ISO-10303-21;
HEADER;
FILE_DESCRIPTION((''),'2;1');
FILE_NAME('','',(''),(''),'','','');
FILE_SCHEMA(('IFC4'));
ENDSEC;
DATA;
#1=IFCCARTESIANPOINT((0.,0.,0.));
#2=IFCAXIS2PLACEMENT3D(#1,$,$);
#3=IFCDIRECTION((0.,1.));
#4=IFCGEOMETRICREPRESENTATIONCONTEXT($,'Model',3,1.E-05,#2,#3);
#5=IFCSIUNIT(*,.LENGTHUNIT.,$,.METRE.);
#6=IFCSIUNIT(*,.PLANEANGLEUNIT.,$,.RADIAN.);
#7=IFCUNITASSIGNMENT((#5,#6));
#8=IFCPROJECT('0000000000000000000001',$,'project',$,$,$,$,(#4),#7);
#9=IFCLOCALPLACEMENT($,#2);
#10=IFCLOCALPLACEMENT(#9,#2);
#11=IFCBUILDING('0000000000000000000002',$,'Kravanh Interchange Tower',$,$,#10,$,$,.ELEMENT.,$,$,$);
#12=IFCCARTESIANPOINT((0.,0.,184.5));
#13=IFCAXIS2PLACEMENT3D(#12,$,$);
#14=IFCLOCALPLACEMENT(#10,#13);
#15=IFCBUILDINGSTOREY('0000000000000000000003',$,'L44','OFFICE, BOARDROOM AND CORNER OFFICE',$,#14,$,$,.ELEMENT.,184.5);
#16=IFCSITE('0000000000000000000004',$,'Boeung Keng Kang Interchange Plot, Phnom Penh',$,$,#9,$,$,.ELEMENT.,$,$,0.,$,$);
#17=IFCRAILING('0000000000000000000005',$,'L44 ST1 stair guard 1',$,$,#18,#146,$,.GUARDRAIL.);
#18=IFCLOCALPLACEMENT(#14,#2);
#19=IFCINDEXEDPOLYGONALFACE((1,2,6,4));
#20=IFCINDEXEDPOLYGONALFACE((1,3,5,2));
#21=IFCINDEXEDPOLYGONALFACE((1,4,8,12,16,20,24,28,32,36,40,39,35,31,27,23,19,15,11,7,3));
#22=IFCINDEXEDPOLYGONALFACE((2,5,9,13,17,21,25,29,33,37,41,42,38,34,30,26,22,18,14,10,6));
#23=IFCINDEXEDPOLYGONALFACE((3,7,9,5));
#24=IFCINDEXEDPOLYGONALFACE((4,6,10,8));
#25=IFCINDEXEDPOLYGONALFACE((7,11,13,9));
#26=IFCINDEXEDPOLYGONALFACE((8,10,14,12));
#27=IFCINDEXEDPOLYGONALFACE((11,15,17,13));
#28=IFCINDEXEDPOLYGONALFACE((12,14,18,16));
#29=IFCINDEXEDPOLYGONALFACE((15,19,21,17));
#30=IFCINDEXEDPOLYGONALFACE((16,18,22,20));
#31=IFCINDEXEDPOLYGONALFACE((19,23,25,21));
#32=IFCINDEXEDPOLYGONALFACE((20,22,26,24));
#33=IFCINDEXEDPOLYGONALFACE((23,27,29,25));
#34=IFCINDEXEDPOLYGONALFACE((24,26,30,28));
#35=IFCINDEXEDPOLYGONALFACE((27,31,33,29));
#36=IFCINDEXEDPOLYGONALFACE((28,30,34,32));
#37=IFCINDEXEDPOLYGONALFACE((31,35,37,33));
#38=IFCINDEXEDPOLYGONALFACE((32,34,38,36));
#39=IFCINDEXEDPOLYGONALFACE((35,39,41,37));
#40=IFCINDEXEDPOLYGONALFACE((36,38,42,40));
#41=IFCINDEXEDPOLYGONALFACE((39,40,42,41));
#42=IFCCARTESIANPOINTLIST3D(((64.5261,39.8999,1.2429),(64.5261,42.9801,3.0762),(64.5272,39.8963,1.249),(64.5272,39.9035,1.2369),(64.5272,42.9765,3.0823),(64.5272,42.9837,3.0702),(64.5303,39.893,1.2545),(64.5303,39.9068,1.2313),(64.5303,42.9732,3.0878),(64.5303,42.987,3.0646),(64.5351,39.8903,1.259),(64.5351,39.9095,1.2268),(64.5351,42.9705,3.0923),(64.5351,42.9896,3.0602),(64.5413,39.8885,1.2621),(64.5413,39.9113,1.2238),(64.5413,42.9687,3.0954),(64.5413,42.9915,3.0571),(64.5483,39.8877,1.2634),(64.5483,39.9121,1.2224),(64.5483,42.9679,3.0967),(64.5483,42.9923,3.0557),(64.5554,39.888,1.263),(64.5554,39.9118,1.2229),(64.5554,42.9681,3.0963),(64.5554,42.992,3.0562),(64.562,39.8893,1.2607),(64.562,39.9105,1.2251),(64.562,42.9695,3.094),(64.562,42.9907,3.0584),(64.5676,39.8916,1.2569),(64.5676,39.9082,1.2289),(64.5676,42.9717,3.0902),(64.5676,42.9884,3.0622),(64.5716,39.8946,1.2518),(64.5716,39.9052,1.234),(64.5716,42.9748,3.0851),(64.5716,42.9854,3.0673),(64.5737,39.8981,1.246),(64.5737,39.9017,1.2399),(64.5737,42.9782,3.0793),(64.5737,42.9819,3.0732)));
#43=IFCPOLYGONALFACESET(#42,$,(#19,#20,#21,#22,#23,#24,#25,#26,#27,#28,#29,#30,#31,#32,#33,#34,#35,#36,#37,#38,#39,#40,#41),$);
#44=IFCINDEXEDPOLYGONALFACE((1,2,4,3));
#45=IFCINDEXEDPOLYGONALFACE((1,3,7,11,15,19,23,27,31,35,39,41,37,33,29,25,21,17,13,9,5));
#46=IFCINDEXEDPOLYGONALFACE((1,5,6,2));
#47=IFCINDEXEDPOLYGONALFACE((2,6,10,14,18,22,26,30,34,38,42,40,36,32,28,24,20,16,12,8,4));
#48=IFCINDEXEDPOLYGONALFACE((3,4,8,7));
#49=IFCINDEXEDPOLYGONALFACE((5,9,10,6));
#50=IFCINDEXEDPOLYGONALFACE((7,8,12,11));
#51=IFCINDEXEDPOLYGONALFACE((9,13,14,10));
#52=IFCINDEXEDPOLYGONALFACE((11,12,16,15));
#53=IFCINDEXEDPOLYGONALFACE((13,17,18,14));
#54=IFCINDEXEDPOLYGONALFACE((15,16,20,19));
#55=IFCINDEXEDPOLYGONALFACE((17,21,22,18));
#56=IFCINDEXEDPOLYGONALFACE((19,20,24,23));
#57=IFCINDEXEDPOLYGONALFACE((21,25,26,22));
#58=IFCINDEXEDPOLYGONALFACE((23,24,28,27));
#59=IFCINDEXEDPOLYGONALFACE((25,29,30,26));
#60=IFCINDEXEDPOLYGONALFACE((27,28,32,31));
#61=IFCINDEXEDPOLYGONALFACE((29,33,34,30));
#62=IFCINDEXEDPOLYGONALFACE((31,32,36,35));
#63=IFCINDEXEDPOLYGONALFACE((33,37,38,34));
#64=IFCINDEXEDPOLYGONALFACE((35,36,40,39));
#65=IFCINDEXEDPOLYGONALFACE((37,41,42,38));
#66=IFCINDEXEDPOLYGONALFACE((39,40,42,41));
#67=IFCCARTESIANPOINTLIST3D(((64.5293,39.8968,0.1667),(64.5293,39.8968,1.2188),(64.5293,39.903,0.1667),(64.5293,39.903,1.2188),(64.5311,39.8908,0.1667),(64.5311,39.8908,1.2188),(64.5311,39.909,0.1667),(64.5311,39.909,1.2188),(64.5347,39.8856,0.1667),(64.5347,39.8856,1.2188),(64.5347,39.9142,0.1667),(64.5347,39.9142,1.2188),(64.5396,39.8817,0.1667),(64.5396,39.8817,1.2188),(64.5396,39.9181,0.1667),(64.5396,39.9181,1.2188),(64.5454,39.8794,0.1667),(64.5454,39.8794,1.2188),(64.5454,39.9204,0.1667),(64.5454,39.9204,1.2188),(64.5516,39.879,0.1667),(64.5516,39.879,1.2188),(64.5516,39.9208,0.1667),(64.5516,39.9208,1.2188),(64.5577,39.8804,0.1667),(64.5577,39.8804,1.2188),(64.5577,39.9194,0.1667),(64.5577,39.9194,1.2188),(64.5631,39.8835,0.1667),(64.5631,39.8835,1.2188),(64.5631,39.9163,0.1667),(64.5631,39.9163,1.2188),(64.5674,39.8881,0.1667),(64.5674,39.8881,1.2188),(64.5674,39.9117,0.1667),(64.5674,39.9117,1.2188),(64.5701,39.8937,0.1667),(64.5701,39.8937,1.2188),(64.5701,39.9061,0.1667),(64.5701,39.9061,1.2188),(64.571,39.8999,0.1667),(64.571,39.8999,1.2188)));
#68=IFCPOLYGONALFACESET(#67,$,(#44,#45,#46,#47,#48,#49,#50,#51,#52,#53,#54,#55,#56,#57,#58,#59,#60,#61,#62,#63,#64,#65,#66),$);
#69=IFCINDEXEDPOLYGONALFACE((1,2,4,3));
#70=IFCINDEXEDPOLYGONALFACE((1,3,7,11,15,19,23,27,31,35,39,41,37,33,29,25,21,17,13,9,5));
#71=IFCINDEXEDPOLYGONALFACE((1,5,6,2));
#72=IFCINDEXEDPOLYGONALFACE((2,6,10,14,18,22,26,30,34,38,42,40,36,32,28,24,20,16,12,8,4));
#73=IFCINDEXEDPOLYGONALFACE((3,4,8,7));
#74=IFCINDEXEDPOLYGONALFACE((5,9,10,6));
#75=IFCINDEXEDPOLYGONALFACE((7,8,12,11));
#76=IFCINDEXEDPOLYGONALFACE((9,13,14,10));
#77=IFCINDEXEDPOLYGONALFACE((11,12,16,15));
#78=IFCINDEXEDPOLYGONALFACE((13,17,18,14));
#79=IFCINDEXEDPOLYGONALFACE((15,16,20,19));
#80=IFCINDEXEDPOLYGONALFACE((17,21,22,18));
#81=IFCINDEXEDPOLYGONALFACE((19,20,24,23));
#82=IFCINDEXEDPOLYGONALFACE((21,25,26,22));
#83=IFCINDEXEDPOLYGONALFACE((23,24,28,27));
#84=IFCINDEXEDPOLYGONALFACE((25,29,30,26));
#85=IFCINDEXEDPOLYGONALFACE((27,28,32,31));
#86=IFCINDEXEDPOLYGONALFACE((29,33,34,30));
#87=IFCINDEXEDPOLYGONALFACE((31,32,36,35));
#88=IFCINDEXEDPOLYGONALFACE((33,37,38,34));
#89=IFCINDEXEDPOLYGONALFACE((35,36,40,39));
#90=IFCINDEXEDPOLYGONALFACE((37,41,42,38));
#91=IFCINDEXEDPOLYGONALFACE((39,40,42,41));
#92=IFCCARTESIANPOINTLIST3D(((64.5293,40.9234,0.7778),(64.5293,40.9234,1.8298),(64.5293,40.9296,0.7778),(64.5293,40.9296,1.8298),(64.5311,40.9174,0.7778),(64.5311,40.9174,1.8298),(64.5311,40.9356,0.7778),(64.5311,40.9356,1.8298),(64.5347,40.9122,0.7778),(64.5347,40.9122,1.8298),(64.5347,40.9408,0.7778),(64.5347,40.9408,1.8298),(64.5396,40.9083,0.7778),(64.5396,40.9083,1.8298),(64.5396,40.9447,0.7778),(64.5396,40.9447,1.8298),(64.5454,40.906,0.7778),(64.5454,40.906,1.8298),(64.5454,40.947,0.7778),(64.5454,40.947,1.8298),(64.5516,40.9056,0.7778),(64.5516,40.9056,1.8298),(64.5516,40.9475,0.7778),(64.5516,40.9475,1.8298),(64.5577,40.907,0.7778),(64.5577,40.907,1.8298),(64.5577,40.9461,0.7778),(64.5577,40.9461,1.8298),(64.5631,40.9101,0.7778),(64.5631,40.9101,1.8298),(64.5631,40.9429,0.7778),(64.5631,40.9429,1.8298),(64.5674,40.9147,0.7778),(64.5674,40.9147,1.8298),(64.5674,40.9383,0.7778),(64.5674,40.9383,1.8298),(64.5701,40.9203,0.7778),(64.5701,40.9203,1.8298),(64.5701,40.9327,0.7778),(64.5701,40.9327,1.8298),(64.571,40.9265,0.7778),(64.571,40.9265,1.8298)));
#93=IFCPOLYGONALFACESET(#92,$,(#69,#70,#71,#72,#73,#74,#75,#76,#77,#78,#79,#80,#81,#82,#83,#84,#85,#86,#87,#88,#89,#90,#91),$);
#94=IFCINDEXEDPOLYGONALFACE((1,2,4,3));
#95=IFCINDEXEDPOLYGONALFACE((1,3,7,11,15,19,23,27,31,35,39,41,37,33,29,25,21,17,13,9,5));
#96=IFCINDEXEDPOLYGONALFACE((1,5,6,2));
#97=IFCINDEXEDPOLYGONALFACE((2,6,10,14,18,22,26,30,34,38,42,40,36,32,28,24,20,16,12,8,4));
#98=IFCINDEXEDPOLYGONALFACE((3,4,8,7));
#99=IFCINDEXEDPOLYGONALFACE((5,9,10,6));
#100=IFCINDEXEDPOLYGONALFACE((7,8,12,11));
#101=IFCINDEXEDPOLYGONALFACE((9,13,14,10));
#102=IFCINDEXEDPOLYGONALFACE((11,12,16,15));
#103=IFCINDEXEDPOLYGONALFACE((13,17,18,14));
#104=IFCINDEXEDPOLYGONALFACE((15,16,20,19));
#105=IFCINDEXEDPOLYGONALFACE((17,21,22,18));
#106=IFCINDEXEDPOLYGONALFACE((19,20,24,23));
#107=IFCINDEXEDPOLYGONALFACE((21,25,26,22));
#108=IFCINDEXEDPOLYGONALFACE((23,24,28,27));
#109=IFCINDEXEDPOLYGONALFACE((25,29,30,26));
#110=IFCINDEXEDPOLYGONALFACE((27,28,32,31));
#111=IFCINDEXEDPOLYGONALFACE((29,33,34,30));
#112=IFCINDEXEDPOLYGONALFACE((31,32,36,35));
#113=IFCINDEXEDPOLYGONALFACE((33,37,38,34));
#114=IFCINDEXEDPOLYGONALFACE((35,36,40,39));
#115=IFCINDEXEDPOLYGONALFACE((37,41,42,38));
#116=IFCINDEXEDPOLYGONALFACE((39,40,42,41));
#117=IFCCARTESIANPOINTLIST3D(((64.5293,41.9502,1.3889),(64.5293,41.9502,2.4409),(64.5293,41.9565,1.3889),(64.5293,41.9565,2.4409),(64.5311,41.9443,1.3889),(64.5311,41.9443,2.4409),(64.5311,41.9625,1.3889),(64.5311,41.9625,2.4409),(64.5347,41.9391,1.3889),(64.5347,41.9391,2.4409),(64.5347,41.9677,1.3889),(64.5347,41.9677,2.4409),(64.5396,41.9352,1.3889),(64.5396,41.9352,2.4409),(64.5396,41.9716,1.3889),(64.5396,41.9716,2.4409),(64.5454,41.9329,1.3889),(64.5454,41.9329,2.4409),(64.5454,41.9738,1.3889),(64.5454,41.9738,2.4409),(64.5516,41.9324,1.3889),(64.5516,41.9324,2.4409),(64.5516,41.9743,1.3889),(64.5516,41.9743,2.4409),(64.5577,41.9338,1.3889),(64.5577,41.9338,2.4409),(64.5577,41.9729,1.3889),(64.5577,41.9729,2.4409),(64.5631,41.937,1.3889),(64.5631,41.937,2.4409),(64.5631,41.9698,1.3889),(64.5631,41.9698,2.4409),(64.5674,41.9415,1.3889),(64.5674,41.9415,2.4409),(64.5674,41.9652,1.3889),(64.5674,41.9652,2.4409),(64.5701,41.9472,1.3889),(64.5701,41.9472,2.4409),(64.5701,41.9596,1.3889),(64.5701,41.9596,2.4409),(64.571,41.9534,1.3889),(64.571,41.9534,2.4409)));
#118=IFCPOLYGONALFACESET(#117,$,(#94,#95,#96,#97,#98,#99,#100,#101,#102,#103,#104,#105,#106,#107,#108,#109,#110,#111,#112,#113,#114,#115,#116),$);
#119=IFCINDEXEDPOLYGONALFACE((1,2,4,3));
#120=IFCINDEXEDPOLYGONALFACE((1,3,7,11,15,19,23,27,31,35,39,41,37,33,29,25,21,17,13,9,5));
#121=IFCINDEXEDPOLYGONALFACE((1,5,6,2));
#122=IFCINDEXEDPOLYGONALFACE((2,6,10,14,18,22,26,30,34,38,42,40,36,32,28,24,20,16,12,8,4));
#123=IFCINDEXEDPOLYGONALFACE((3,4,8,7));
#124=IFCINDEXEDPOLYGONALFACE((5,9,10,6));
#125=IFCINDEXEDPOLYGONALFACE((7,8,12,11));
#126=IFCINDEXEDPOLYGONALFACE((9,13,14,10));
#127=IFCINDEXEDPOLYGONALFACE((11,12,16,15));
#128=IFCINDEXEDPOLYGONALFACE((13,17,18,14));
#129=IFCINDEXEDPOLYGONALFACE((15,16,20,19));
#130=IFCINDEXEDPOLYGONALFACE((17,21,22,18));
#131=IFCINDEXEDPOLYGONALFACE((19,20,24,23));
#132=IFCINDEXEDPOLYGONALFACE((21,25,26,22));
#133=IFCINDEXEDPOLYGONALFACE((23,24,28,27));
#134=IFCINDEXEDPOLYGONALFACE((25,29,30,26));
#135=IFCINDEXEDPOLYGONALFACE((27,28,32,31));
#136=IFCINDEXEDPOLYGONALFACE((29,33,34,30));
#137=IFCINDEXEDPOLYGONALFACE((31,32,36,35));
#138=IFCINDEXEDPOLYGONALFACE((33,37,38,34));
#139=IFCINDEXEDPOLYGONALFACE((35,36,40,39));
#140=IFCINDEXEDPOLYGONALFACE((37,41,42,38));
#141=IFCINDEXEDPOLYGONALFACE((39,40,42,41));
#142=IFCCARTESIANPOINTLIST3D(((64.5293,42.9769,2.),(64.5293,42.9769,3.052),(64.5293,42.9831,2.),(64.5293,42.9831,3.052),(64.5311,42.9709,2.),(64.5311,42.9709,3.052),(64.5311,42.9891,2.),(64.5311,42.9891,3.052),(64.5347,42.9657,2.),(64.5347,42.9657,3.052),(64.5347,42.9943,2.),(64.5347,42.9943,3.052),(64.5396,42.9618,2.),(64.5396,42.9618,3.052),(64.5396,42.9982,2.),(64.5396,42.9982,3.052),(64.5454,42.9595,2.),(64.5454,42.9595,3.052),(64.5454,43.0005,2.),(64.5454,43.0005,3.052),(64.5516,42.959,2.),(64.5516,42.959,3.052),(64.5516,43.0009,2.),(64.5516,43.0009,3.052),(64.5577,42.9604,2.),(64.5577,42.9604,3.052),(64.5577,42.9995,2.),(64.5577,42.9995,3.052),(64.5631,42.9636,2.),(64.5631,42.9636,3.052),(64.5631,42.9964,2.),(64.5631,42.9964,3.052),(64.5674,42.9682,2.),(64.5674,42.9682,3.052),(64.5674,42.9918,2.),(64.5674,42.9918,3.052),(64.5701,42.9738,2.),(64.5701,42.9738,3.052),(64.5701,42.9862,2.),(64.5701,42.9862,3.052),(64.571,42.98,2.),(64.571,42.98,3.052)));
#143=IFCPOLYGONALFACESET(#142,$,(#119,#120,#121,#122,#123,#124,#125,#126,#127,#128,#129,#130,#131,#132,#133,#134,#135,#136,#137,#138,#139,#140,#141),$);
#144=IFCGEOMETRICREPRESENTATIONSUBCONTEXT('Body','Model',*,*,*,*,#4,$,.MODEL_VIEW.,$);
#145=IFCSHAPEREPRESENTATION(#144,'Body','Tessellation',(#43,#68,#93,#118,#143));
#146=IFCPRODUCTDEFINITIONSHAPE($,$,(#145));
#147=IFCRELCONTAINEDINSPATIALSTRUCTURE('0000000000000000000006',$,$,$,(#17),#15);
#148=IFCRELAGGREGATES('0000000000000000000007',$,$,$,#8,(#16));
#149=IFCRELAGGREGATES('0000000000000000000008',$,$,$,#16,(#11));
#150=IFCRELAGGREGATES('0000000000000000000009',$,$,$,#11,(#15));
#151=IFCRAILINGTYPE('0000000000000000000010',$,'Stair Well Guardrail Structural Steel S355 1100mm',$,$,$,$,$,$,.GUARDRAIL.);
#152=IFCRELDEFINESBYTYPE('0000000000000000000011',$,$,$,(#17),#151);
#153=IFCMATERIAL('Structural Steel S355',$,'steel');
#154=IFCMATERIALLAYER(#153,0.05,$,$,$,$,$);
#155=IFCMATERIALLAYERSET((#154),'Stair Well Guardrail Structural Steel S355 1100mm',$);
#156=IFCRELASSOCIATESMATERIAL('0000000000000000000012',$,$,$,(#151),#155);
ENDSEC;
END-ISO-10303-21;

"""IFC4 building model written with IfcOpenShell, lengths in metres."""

from ifc_helpers import new_model, si_unit, direction, frame, origin, origin_2d, place, context, subcontext, project, spatial, circle, extrude, material, layer, layer_set, type_object, element, save


model = new_model("IFC4")

# Units and contexts
model_context = context("Model", 3, precision=1e-05, world=origin(), true_north=direction((0.0, 1.0)))
body_context = subcontext(model_context, "Body", "Model", "MODEL_VIEW")
ifc_project = project(units=[si_unit("LENGTHUNIT", "METRE"), si_unit("PLANEANGLEUNIT", "RADIAN")], contexts=[model_context])

# Site, building, storey
site_placement = place(None, origin())
site = spatial("IfcSite", under=ifc_project, at=site_placement, Name="Boeung Keng Kang Interchange Plot, Phnom Penh", CompositionType="ELEMENT", RefElevation=0.0)
building_placement = place(site_placement, origin())
building = spatial("IfcBuilding", under=site, at=building_placement, Name="Kravanh Interchange Tower", CompositionType="ELEMENT")
storey_placement = place(building_placement, frame((0.0, 0.0, 184.5)))
storey = spatial("IfcBuildingStorey", under=building, at=storey_placement, Name="L44", Description="OFFICE, BOARDROOM AND CORNER OFFICE", CompositionType="ELEMENT", Elevation=184.5)

# Railing
ifc_material_1 = material(Name="Structural Steel S355", Category="steel")
ifc_layer_1 = layer(ifc_material_1, 0.05)
ifc_layer_set_1 = layer_set([ifc_layer_1], Name="Stair Well Guardrail Structural Steel S355 1100mm")
railing_type_1 = type_object("IfcRailingType", Name="Stair Well Guardrail Structural Steel S355 1100mm", PredefinedType="GUARDRAIL", material=ifc_layer_set_1)
railing_1_placement = place(storey_placement, frame((64.55, 39.8999, 0.1667)))
element("IfcRailing", 1, at=railing_1_placement, inside=storey, type_object=railing_type_1, Name="L44 ST1 stair guard 1", PredefinedType="GUARDRAIL", context=body_context, shape_type="SweptSolid", body=[
    extrude(circle(Radius=0.0239, at=origin_2d()), frame((0.0, 0.0, 1.0762), z_axis=(0.0, 0.859309, 0.511458), x_axis=(-1.0, 0.0, 0.0)), (0.0, 0.0, 1.0), 3.5845),
    extrude(circle(Radius=0.021, at=origin_2d()), origin(), (0.0, 0.0, 1.0), 1.052),
    extrude(circle(Radius=0.021, at=origin_2d()), frame((0.0, 1.0266, 0.6111)), (0.0, 0.0, 1.0), 1.052),
    extrude(circle(Radius=0.021, at=origin_2d()), frame((0.0, 2.0535, 1.2222)), (0.0, 0.0, 1.0), 1.052),
    extrude(circle(Radius=0.021, at=origin_2d()), frame((0.0, 3.0801, 1.8333)), (0.0, 0.0, 1.0), 1.052),
])

save(model, "model.ifc")
